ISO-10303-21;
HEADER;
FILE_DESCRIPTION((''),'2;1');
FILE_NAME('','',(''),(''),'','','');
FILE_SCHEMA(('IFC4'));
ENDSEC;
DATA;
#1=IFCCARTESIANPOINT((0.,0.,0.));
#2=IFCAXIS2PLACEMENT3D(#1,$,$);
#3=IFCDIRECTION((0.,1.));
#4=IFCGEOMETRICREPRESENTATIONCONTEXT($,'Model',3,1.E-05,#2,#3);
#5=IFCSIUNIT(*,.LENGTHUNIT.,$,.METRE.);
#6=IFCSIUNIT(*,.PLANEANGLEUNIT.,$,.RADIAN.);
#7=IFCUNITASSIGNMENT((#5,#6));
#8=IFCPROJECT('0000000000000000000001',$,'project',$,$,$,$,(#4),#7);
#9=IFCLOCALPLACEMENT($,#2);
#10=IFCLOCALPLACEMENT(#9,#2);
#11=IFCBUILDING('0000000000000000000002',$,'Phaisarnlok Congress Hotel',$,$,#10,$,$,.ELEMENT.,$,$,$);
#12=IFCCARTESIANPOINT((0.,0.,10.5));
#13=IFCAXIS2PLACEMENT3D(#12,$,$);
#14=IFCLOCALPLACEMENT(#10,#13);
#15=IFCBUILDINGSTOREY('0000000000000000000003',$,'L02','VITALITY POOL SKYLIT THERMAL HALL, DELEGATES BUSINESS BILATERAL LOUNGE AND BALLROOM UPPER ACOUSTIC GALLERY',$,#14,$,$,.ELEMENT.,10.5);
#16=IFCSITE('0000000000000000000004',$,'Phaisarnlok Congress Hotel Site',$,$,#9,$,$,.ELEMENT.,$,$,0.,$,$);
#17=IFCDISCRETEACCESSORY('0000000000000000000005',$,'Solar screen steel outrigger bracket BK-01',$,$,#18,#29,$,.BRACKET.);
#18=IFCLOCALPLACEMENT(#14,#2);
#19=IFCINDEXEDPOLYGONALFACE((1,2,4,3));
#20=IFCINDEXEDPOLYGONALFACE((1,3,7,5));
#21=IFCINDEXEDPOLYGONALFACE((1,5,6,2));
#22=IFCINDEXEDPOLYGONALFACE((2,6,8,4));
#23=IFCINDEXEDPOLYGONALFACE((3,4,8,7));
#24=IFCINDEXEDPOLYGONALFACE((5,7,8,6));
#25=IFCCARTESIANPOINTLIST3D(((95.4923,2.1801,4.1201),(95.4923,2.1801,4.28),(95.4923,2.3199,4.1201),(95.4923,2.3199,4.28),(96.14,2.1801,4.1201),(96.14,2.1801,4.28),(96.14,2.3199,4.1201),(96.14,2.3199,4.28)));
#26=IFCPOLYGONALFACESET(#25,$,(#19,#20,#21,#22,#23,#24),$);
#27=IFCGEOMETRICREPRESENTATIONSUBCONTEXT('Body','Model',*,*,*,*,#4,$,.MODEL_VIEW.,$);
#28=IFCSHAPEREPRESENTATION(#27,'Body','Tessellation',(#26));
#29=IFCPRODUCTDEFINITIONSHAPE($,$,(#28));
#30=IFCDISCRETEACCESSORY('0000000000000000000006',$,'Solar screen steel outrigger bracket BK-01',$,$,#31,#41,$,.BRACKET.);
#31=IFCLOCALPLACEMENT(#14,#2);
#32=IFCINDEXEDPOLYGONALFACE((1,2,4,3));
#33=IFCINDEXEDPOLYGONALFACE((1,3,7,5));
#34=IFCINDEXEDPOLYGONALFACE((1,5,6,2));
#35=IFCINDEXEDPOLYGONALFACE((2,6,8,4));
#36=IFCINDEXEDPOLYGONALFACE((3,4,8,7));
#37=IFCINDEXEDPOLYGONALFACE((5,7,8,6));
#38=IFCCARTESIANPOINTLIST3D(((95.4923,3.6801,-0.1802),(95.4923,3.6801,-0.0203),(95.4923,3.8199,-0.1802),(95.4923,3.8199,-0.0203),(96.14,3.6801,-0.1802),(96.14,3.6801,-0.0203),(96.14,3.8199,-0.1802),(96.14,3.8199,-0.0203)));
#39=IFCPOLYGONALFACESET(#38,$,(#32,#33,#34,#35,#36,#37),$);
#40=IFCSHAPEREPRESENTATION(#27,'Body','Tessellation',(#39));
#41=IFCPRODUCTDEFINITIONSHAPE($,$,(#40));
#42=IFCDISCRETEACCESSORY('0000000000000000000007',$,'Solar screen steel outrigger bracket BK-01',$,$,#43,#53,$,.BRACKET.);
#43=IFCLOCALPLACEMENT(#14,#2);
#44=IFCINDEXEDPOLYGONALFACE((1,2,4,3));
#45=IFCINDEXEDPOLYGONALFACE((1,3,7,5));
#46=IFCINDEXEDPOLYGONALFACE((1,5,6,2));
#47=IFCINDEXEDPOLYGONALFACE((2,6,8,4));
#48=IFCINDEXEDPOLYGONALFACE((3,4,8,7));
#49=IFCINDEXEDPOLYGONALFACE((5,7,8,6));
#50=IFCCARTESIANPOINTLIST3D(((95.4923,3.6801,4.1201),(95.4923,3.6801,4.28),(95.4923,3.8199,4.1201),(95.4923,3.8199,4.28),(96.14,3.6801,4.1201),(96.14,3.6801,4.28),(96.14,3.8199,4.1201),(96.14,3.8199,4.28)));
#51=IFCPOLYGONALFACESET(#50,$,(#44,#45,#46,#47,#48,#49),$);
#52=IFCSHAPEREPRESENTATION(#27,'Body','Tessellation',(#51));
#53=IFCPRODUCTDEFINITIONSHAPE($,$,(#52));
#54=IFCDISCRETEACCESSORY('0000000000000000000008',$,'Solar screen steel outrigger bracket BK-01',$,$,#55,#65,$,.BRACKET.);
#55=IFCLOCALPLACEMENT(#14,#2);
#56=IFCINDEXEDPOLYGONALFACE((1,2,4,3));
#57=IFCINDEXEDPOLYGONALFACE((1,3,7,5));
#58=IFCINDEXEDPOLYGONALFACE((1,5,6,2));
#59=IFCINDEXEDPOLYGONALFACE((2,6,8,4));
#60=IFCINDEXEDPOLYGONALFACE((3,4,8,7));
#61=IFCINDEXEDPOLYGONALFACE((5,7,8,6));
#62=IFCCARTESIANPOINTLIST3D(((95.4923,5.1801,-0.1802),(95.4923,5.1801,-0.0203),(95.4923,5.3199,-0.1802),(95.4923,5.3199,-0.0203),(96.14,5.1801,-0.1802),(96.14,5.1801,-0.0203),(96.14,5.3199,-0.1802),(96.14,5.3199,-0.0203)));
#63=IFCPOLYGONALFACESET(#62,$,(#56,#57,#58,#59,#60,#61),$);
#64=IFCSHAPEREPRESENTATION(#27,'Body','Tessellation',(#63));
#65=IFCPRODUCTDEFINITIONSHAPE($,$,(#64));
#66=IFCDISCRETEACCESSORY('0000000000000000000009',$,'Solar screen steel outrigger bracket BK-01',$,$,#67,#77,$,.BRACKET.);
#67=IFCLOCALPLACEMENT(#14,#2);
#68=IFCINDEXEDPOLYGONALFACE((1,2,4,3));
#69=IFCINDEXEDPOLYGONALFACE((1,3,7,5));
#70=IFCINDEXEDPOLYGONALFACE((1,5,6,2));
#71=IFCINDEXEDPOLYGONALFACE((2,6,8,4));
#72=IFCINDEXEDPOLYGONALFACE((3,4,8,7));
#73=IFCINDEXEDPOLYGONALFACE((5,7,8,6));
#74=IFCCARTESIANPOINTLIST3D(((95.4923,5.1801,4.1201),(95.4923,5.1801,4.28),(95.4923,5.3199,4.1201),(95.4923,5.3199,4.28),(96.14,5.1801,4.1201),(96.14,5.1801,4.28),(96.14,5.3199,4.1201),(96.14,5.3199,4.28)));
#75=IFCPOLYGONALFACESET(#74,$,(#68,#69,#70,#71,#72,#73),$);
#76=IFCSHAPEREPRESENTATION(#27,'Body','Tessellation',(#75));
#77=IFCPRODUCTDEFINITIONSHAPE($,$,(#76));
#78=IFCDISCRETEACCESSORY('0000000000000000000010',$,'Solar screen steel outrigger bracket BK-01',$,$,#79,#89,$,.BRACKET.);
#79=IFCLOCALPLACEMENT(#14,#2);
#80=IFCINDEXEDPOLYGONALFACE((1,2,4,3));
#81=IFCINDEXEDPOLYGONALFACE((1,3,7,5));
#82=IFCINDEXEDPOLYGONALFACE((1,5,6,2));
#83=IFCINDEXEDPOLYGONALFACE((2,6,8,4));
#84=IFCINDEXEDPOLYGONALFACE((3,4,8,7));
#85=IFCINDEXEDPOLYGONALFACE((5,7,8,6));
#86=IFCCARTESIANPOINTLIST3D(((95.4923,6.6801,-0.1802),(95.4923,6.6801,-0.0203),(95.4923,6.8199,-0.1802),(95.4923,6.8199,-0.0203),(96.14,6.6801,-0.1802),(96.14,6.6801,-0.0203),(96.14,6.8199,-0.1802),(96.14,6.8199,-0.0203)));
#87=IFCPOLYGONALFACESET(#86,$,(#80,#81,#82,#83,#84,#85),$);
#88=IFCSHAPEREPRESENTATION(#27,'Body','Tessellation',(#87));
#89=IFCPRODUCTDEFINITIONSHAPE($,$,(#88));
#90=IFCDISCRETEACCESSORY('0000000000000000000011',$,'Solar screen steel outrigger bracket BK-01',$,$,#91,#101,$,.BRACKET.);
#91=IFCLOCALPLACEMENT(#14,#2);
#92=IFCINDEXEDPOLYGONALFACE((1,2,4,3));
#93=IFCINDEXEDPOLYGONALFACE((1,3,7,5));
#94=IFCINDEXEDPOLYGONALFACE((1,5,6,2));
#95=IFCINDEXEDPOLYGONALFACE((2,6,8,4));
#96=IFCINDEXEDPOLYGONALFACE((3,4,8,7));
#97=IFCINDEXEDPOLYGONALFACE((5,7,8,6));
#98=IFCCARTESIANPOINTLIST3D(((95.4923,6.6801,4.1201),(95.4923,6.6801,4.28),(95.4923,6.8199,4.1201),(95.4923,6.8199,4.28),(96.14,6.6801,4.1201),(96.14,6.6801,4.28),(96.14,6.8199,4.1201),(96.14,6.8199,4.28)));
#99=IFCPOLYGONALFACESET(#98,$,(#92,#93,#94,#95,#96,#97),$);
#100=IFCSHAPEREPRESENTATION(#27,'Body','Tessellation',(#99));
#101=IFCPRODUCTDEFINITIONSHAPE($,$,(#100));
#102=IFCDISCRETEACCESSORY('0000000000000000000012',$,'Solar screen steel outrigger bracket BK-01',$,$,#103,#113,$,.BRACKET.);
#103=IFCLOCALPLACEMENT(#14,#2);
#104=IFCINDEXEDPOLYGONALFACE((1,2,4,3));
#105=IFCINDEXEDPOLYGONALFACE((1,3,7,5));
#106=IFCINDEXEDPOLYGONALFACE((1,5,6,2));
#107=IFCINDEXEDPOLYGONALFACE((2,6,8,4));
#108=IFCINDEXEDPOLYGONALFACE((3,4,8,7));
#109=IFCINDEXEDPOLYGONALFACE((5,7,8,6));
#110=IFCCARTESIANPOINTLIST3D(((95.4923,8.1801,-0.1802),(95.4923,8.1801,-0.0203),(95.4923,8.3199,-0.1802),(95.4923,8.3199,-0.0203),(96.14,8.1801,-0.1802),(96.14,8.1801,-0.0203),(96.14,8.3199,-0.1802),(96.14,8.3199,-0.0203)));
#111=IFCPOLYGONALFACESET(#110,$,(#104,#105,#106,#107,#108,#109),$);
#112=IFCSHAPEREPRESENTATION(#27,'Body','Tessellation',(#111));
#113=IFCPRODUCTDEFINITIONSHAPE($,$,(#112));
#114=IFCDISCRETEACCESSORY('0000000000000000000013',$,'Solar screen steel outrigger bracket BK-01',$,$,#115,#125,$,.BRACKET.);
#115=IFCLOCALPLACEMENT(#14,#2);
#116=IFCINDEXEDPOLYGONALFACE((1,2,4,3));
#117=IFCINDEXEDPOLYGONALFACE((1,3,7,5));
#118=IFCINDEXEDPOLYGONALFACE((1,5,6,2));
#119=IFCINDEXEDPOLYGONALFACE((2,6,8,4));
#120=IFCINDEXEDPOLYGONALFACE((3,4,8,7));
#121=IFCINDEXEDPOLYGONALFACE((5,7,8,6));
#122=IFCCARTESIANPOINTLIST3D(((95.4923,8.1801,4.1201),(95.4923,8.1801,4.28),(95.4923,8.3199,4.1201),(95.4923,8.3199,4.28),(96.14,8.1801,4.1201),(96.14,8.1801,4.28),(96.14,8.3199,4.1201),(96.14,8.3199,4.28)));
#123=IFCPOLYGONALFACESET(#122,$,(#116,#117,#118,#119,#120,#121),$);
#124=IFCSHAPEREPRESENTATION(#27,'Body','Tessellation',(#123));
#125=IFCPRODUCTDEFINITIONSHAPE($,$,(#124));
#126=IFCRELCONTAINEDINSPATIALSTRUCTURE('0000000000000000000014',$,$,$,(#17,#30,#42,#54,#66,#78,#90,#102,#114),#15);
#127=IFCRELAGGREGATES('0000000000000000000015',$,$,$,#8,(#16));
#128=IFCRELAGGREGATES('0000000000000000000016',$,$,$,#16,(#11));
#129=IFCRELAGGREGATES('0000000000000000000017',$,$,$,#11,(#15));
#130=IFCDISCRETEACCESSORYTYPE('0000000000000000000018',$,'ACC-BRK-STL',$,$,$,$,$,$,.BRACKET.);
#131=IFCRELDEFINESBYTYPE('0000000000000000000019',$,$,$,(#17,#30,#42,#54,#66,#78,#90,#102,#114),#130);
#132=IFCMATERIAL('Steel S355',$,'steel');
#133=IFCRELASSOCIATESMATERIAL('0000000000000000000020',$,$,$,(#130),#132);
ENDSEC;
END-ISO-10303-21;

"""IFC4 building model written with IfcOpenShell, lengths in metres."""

from ifc_helpers import new_model, si_unit, direction, frame, origin, origin_2d, place, context, subcontext, project, spatial, rectangle, extrude, material, type_object, element, save


model = new_model("IFC4")

# Units and contexts
model_context = context("Model", 3, precision=1e-05, world=origin(), true_north=direction((0.0, 1.0)))
body_context = subcontext(model_context, "Body", "Model", "MODEL_VIEW")
ifc_project = project(units=[si_unit("LENGTHUNIT", "METRE"), si_unit("PLANEANGLEUNIT", "RADIAN")], contexts=[model_context])

# Site, building, storey
site_placement = place(None, origin())
site = spatial("IfcSite", under=ifc_project, at=site_placement, Name="Phaisarnlok Congress Hotel Site", CompositionType="ELEMENT", RefElevation=0.0)
building_placement = place(site_placement, origin())
building = spatial("IfcBuilding", under=site, at=building_placement, Name="Phaisarnlok Congress Hotel", CompositionType="ELEMENT")
storey_placement = place(building_placement, frame((0.0, 0.0, 10.5)))
storey = spatial("IfcBuildingStorey", under=building, at=storey_placement, Name="L02", Description="VITALITY POOL SKYLIT THERMAL HALL, DELEGATES BUSINESS BILATERAL LOUNGE AND BALLROOM UPPER ACOUSTIC GALLERY", CompositionType="ELEMENT", Elevation=10.5)

# Shared definitions
ifc_material_1 = material(Name="Steel S355", Category="steel")

# Discrete accessories
discrete_accessory_type = type_object("IfcDiscreteAccessoryType", Name="ACC-BRK-STL", PredefinedType="BRACKET", material=ifc_material_1)
for number, where, z_axis, x_axis, name in (
    (1, (95.8162, 2.25, 4.1201), (0.0, 0.0, 1.0), (1.0, 0.0, 0.0), "Solar screen steel outrigger bracket BK-01"),
    (2, (95.8162, 3.75, -0.1802), (0.0, 0.0, 1.0), (1.0, 0.0, 0.0), "Solar screen steel outrigger bracket BK-01"),
    (3, (95.8162, 3.75, 4.1201), (0.0, 0.0, 1.0), (1.0, 0.0, 0.0), "Solar screen steel outrigger bracket BK-01"),
    (4, (95.8162, 5.25, -0.1802), (0.0, 0.0, 1.0), (1.0, 0.0, 0.0), "Solar screen steel outrigger bracket BK-01"),
    (5, (95.8162, 5.25, 4.1201), (0.0, 0.0, 1.0), (1.0, 0.0, 0.0), "Solar screen steel outrigger bracket BK-01"),
    (6, (95.8162, 6.75, -0.1802), (0.0, 0.0, 1.0), (1.0, 0.0, 0.0), "Solar screen steel outrigger bracket BK-01"),
    (7, (95.8162, 6.75, 4.1201), (0.0, 0.0, 1.0), (1.0, 0.0, 0.0), "Solar screen steel outrigger bracket BK-01"),
    (8, (95.8162, 8.25, -0.1802), (0.0, 0.0, 1.0), (1.0, 0.0, 0.0), "Solar screen steel outrigger bracket BK-01"),
    (9, (95.8162, 8.25, 4.1201), (0.0, 0.0, 1.0), (1.0, 0.0, 0.0), "Solar screen steel outrigger bracket BK-01"),
):
    element("IfcDiscreteAccessory", number, at=place(storey_placement, frame(where, z_axis=z_axis, x_axis=x_axis)), inside=storey, type_object=discrete_accessory_type, Name=name, PredefinedType="BRACKET", context=body_context, shape_type="SweptSolid", body=[
        extrude(rectangle(XDim=0.6477, YDim=0.1399, at=origin_2d()), origin(), (0.0, 0.0, 1.0), 0.1599),
    ])

save(model, "model.ifc")
